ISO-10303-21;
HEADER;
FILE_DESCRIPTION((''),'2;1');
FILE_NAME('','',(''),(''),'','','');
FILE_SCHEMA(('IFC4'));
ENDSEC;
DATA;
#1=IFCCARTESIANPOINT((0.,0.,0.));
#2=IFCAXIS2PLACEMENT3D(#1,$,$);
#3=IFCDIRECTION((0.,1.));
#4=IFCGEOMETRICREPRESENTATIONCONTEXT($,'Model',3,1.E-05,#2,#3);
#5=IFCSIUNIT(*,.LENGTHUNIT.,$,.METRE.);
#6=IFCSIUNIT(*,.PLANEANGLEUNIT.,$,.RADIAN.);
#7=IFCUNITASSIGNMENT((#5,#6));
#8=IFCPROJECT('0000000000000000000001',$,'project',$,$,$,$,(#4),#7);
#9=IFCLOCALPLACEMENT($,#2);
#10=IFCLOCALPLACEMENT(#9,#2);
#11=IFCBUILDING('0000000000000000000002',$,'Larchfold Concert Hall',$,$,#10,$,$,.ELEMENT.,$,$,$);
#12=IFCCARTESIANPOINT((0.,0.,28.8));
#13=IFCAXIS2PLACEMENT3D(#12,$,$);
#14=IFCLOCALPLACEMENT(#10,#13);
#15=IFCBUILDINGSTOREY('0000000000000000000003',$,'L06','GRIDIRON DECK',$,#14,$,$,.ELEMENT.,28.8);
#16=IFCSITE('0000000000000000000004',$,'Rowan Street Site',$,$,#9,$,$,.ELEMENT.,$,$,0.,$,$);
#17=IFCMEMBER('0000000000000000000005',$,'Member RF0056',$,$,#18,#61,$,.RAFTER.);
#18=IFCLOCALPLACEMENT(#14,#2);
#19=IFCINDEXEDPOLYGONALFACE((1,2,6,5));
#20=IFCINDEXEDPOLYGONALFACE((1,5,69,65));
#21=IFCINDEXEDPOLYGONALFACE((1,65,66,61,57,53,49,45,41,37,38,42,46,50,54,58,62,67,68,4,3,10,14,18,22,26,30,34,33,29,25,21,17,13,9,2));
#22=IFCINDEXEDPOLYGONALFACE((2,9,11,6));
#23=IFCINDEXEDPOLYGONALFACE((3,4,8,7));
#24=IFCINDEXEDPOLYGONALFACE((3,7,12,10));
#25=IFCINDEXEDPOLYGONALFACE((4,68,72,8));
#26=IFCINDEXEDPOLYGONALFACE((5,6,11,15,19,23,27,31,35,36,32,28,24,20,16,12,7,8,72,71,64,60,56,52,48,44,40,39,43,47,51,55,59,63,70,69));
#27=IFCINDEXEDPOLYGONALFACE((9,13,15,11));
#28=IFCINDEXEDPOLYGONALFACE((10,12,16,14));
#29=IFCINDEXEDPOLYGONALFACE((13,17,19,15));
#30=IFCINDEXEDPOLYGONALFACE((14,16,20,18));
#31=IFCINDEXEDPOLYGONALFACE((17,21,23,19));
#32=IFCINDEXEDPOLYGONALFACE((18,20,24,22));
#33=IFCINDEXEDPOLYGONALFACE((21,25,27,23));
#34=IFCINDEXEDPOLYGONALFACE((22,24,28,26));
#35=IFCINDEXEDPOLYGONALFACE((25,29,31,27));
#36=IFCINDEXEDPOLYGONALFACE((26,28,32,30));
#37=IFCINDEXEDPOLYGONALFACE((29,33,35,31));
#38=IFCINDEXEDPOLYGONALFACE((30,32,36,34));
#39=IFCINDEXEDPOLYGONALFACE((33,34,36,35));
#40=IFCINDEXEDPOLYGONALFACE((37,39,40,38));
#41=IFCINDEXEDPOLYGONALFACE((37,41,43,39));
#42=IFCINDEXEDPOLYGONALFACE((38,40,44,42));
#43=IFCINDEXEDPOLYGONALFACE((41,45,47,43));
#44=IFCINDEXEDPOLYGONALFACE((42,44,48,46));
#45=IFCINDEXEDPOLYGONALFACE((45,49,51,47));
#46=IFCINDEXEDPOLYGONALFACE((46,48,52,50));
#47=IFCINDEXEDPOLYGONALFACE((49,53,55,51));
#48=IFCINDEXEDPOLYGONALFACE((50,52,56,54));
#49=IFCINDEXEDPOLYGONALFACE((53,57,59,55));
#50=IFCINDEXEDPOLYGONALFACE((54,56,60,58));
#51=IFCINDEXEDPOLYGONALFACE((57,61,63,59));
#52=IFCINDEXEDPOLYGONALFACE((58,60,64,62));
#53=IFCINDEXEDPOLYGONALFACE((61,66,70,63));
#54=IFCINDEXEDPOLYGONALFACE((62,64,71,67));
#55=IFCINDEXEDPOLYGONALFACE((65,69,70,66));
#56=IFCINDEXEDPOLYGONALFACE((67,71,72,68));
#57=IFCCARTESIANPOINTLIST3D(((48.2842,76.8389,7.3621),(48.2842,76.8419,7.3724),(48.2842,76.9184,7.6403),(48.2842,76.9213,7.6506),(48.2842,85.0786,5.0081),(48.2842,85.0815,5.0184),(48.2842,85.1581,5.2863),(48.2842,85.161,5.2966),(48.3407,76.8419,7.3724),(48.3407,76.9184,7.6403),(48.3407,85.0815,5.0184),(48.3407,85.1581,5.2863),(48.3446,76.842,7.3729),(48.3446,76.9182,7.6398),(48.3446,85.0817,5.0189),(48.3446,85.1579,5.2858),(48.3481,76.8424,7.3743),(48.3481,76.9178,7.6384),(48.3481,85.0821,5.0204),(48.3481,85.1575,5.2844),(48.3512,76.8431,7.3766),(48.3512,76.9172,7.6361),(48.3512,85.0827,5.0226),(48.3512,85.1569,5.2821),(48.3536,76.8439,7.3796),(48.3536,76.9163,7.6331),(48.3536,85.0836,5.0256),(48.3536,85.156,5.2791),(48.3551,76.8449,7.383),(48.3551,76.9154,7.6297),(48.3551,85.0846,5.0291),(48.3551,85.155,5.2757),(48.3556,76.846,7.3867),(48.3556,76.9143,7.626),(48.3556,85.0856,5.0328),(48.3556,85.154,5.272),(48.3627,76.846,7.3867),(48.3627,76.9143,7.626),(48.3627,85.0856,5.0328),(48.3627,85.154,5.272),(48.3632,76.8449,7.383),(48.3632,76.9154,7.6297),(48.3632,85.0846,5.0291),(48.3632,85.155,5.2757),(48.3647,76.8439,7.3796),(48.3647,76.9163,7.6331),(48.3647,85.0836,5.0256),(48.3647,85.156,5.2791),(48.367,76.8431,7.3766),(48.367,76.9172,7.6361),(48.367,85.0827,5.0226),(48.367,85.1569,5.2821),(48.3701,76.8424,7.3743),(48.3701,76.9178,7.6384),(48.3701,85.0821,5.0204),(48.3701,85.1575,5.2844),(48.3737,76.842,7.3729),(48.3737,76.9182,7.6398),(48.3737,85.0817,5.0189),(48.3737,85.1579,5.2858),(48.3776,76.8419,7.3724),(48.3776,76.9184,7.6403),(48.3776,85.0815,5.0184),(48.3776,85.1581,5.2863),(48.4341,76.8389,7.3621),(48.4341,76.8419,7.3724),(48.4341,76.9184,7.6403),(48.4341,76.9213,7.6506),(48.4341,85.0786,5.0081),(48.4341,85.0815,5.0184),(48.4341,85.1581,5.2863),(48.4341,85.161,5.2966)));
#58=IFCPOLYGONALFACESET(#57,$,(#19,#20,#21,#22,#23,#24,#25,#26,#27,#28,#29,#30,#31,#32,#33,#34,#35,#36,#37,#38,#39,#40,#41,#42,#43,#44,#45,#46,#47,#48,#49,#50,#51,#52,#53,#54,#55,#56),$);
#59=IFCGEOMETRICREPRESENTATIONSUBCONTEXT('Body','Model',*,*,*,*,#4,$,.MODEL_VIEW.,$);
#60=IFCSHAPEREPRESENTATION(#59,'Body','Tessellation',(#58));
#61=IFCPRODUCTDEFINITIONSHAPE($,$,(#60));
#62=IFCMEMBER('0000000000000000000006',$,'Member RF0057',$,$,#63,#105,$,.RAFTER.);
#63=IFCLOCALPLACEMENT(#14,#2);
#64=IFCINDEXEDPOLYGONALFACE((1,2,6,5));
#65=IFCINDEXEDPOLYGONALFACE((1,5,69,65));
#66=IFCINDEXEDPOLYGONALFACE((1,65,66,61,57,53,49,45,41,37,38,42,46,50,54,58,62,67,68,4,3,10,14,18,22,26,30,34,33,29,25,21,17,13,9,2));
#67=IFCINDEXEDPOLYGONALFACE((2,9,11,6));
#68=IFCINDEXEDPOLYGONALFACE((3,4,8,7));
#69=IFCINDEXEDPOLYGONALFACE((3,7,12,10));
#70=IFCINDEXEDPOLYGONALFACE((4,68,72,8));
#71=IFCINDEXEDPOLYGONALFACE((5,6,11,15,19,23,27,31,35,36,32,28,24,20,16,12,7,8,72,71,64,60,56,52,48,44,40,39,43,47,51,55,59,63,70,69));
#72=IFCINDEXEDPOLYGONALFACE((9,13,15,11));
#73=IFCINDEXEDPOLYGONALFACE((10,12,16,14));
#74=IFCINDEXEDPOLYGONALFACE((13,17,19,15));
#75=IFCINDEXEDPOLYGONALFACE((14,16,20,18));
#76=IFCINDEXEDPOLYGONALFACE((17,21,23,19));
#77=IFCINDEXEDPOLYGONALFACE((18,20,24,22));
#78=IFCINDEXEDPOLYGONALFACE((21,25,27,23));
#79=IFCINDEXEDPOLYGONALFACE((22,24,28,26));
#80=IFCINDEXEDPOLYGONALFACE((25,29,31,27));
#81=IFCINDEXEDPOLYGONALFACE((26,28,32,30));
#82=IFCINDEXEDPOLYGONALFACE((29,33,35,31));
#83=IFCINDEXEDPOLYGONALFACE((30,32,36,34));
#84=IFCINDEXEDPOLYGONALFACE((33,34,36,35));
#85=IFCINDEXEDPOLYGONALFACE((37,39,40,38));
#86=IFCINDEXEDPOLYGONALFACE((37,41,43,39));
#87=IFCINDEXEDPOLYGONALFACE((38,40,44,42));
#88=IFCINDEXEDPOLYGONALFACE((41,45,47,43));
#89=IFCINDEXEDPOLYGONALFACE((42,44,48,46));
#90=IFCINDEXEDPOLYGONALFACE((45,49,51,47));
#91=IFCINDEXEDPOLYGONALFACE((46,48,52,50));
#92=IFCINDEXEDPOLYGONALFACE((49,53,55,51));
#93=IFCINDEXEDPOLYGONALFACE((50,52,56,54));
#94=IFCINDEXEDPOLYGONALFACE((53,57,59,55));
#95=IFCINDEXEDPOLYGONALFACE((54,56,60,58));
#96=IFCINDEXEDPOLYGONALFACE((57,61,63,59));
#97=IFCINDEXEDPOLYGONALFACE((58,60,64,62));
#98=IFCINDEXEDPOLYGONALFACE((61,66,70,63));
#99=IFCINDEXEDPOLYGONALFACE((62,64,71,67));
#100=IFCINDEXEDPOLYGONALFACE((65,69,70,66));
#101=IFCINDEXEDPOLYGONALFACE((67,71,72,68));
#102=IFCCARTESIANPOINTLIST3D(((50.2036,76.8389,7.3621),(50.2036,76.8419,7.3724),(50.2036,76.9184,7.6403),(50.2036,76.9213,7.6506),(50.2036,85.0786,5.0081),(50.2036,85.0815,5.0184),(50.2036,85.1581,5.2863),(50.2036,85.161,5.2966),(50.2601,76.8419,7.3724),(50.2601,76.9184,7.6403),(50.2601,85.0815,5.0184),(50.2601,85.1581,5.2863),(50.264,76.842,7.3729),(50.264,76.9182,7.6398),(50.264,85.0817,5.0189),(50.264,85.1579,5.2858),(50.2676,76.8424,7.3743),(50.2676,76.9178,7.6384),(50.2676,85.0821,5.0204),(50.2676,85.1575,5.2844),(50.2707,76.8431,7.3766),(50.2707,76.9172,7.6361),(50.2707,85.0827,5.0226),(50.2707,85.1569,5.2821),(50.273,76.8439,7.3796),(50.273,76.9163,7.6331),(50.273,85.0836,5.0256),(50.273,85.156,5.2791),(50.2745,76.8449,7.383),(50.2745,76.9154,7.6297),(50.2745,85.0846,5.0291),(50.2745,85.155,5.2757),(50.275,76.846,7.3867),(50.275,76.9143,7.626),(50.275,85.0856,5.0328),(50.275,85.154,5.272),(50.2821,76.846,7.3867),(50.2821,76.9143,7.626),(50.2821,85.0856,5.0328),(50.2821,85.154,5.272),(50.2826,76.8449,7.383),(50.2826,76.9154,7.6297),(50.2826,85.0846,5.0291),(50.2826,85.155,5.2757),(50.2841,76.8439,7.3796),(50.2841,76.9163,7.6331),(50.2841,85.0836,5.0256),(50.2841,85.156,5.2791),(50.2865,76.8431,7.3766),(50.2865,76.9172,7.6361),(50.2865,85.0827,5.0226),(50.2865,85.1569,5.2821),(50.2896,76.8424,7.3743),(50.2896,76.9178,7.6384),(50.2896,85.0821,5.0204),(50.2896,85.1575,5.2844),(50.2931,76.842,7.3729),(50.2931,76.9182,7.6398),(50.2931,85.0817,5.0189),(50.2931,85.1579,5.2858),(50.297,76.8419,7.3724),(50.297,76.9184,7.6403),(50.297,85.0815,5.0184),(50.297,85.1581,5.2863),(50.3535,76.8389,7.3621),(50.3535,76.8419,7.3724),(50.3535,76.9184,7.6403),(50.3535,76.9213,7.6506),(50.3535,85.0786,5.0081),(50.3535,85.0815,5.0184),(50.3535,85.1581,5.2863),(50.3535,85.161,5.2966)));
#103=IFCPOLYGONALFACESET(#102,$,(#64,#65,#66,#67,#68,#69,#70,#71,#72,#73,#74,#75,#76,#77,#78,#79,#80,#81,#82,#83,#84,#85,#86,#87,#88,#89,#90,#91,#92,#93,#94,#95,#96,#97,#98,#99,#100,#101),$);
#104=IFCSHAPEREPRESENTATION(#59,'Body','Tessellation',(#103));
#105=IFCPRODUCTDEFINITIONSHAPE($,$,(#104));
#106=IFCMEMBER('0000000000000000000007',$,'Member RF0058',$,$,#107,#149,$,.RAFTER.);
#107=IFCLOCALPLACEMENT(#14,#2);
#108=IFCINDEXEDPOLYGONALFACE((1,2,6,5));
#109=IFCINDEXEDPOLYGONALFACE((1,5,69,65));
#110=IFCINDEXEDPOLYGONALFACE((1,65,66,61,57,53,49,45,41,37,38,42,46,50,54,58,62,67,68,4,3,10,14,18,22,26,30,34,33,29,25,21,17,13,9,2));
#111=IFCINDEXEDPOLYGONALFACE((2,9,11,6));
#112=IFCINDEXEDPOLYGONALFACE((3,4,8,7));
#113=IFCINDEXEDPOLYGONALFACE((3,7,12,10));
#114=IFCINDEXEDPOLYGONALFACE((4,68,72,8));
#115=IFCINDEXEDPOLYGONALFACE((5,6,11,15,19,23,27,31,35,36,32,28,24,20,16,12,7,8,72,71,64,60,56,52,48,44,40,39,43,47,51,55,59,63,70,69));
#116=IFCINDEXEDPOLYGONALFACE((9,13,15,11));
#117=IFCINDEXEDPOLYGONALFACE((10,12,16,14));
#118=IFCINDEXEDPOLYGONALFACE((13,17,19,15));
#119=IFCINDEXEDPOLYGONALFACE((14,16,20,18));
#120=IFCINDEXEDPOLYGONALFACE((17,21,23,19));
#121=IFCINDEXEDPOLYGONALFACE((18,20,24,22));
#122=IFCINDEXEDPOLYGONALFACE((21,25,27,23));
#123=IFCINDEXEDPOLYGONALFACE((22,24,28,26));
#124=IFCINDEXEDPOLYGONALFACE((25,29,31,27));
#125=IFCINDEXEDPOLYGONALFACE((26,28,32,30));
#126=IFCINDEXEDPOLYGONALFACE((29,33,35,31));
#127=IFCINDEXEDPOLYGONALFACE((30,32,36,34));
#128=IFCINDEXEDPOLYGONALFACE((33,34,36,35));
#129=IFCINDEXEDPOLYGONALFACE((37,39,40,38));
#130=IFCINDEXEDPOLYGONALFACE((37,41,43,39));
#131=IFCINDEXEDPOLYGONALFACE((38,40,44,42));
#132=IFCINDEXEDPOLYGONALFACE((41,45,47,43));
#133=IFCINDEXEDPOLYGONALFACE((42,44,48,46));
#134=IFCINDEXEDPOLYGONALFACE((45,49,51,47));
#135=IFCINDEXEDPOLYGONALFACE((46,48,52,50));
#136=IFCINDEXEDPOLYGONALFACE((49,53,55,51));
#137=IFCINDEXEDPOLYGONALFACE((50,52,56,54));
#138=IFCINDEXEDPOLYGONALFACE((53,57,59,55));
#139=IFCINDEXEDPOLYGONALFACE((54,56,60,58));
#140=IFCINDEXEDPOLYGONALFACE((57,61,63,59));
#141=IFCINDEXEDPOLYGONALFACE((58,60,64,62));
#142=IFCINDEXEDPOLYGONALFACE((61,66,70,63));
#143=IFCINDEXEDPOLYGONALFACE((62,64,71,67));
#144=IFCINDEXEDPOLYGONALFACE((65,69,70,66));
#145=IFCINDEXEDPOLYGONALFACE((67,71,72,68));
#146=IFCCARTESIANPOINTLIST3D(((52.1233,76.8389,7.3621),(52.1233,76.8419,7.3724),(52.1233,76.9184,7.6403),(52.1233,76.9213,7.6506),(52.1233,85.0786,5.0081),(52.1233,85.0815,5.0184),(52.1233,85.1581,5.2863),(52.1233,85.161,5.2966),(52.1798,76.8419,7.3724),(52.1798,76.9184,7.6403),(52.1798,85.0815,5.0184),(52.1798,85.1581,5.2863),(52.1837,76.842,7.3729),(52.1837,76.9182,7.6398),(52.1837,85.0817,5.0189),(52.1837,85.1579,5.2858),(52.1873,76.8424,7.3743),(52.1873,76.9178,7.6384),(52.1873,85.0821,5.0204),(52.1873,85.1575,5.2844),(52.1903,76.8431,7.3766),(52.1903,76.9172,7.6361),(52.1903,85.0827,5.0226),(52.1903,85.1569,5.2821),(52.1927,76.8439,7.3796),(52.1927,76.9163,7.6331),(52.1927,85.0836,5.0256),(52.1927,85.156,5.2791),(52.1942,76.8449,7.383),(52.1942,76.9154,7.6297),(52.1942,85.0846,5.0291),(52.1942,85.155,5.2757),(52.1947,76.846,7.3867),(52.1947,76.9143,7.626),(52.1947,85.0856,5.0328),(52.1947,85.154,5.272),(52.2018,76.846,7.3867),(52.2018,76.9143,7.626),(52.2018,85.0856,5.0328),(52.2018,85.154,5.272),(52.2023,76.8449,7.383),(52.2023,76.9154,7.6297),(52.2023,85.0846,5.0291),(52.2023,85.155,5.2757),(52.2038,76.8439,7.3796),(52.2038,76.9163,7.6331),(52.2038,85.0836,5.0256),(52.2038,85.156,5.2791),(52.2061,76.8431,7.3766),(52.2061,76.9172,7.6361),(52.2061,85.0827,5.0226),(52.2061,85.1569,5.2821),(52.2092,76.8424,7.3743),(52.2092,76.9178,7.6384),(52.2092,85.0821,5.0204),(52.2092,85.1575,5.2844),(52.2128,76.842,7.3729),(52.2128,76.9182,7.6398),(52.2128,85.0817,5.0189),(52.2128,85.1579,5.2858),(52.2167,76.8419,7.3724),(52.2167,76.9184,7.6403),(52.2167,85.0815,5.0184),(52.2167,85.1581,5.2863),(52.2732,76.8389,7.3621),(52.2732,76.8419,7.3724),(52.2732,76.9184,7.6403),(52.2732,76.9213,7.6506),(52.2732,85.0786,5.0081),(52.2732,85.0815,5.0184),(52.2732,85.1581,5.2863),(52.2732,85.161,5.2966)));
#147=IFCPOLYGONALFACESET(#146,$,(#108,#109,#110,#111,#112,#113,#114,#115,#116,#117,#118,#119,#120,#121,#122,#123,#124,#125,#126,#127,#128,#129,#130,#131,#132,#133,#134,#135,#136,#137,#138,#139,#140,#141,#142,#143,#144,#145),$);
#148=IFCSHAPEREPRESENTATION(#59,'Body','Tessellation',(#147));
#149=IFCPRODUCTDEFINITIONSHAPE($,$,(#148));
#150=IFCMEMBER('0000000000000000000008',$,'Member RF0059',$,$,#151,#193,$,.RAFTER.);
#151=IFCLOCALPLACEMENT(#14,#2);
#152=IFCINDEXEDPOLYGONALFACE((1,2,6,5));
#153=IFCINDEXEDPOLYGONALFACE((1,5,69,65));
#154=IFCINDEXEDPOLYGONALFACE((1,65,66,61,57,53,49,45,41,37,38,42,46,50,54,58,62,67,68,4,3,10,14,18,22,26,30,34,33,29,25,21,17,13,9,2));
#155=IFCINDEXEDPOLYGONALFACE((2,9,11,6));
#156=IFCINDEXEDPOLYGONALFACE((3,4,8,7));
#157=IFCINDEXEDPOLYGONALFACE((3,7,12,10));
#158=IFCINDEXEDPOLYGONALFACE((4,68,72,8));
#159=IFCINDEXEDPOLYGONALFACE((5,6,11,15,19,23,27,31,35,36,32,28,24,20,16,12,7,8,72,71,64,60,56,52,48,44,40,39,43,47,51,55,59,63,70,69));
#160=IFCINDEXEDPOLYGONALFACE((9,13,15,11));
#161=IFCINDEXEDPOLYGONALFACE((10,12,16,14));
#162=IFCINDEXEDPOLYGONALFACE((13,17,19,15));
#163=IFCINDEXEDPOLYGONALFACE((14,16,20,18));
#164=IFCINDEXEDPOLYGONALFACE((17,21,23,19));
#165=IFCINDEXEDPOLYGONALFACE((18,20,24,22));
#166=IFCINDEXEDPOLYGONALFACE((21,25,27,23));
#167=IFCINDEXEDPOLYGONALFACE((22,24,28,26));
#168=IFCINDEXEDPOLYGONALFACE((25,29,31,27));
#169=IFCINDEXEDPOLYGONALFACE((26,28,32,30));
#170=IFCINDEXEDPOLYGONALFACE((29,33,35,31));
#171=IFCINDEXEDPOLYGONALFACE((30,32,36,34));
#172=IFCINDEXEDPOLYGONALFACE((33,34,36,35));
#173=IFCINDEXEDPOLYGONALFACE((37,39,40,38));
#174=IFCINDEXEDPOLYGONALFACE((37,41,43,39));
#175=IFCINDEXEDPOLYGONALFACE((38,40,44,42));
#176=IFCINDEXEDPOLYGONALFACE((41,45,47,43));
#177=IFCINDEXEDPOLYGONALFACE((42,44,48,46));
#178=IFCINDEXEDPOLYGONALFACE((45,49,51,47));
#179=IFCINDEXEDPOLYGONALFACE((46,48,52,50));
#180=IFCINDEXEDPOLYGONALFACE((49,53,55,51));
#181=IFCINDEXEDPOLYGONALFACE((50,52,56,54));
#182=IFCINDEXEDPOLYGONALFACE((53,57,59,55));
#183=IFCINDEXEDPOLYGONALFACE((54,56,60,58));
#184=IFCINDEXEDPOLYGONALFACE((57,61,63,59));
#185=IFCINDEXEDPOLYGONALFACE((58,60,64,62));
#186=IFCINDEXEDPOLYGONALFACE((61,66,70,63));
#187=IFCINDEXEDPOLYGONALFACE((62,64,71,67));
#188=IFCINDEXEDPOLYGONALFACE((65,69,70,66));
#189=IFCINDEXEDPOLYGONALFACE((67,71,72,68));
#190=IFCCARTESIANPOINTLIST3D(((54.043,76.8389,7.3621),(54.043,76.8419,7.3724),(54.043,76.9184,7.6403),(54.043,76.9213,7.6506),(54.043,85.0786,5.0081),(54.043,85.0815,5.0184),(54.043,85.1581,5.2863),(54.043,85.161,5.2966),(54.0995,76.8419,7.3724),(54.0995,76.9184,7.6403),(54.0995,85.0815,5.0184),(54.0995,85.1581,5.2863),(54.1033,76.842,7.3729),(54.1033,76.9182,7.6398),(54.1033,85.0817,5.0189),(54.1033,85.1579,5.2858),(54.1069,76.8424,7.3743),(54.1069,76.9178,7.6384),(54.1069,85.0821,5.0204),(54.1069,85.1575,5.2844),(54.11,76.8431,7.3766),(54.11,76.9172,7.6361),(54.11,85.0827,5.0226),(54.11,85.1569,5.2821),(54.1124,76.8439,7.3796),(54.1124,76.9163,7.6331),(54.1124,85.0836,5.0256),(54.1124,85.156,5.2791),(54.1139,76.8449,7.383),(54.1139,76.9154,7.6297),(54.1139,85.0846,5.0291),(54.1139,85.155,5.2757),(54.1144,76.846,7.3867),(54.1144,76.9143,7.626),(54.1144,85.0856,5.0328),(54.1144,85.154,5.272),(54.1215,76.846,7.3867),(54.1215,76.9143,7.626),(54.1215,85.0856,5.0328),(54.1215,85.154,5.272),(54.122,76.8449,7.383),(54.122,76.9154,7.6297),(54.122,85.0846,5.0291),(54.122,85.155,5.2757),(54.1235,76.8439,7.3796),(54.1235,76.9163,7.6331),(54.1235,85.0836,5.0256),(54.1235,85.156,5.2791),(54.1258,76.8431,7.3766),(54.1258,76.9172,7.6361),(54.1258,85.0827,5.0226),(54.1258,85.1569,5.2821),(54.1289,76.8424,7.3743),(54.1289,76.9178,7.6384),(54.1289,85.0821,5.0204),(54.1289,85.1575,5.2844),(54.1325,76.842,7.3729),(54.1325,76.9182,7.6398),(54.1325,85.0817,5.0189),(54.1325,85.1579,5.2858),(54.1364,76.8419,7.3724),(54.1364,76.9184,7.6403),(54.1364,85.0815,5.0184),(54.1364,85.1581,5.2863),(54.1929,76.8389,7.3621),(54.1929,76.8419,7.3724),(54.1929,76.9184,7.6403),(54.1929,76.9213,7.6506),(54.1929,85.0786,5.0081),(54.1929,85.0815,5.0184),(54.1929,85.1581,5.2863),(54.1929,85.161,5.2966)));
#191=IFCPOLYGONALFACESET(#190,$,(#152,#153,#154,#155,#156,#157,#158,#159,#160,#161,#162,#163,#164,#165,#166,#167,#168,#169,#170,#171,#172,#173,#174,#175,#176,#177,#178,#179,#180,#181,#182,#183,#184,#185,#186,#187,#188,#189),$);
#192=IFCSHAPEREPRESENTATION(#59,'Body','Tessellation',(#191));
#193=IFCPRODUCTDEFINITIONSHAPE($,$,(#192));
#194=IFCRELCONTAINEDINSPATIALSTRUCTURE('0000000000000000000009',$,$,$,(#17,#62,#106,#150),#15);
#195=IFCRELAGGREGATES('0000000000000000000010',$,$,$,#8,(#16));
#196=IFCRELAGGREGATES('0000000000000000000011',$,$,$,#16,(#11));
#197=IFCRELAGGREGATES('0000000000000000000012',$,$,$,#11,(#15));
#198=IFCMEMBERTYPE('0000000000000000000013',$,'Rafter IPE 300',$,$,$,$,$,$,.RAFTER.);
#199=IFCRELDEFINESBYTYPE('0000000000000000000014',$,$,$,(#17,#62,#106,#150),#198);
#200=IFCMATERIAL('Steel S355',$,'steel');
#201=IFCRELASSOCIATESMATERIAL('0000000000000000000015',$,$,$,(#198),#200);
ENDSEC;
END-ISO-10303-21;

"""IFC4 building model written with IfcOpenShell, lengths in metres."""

from ifc_helpers import new_model, si_unit, direction, frame, origin, origin_2d, place, context, subcontext, project, spatial, i_section, extrude, material, material_profile, profile_set, type_object, element, save


model = new_model("IFC4")

# Units and contexts
model_context = context("Model", 3, precision=1e-05, world=origin(), true_north=direction((0.0, 1.0)))
body_context = subcontext(model_context, "Body", "Model", "MODEL_VIEW")
ifc_project = project(units=[si_unit("LENGTHUNIT", "METRE"), si_unit("PLANEANGLEUNIT", "RADIAN")], contexts=[model_context])

# Site, building, storey
site_placement = place(None, origin())
site = spatial("IfcSite", under=ifc_project, at=site_placement, Name="Rowan Street Site", CompositionType="ELEMENT", RefElevation=0.0)
building_placement = place(site_placement, origin())
building = spatial("IfcBuilding", under=site, at=building_placement, Name="Larchfold Concert Hall", CompositionType="ELEMENT")
storey_placement = place(building_placement, frame((0.0, 0.0, 28.8)))
storey = spatial("IfcBuildingStorey", under=building, at=storey_placement, Name="L06", Description="GRIDIRON DECK", CompositionType="ELEMENT", Elevation=28.8)

# Members
ifc_material_1 = material(Name="Steel S355", Category="steel")
ifc_material_profile_1 = material_profile(ifc_material_1, i_section(OverallWidth=0.1499, OverallDepth=0.3, WebThickness=0.0071, FlangeThickness=0.0107, FilletRadius=0.0149, at=origin_2d()))
ifc_profile_set_1 = profile_set([ifc_material_profile_1], Name="Steel S355")
member_type_1 = type_object("IfcMemberType", Name="Rafter IPE 300", PredefinedType="RAFTER", material=ifc_profile_set_1)
for number, where, z_axis, x_axis, name in (
    (1, (48.3591, 76.8801, 7.5063), (0.0, 0.96153, -0.274699), (-1.0, 0.0, 0.0), "Member RF0056"),
    (2, (50.2786, 76.8801, 7.5063), (0.0, 0.96153, -0.274699), (-1.0, 0.0, 0.0), "Member RF0057"),
    (3, (52.1982, 76.8801, 7.5063), (0.0, 0.96153, -0.274699), (-1.0, 0.0, 0.0), "Member RF0058"),
    (4, (54.1179, 76.8801, 7.5063), (0.0, 0.96153, -0.274699), (-1.0, 0.0, 0.0), "Member RF0059"),
):
    element("IfcMember", number, at=place(storey_placement, frame(where, z_axis=z_axis, x_axis=x_axis)), inside=storey, type_object=member_type_1, Name=name, PredefinedType="RAFTER", context=body_context, shape_type="SweptSolid", body=[
        extrude(i_section(OverallWidth=0.1499, OverallDepth=0.3, WebThickness=0.0071, FlangeThickness=0.0107, FilletRadius=0.0149, at=origin_2d()), origin(), (0.0, 0.0, 1.0), 8.5693),
    ])

save(model, "model.ifc")
